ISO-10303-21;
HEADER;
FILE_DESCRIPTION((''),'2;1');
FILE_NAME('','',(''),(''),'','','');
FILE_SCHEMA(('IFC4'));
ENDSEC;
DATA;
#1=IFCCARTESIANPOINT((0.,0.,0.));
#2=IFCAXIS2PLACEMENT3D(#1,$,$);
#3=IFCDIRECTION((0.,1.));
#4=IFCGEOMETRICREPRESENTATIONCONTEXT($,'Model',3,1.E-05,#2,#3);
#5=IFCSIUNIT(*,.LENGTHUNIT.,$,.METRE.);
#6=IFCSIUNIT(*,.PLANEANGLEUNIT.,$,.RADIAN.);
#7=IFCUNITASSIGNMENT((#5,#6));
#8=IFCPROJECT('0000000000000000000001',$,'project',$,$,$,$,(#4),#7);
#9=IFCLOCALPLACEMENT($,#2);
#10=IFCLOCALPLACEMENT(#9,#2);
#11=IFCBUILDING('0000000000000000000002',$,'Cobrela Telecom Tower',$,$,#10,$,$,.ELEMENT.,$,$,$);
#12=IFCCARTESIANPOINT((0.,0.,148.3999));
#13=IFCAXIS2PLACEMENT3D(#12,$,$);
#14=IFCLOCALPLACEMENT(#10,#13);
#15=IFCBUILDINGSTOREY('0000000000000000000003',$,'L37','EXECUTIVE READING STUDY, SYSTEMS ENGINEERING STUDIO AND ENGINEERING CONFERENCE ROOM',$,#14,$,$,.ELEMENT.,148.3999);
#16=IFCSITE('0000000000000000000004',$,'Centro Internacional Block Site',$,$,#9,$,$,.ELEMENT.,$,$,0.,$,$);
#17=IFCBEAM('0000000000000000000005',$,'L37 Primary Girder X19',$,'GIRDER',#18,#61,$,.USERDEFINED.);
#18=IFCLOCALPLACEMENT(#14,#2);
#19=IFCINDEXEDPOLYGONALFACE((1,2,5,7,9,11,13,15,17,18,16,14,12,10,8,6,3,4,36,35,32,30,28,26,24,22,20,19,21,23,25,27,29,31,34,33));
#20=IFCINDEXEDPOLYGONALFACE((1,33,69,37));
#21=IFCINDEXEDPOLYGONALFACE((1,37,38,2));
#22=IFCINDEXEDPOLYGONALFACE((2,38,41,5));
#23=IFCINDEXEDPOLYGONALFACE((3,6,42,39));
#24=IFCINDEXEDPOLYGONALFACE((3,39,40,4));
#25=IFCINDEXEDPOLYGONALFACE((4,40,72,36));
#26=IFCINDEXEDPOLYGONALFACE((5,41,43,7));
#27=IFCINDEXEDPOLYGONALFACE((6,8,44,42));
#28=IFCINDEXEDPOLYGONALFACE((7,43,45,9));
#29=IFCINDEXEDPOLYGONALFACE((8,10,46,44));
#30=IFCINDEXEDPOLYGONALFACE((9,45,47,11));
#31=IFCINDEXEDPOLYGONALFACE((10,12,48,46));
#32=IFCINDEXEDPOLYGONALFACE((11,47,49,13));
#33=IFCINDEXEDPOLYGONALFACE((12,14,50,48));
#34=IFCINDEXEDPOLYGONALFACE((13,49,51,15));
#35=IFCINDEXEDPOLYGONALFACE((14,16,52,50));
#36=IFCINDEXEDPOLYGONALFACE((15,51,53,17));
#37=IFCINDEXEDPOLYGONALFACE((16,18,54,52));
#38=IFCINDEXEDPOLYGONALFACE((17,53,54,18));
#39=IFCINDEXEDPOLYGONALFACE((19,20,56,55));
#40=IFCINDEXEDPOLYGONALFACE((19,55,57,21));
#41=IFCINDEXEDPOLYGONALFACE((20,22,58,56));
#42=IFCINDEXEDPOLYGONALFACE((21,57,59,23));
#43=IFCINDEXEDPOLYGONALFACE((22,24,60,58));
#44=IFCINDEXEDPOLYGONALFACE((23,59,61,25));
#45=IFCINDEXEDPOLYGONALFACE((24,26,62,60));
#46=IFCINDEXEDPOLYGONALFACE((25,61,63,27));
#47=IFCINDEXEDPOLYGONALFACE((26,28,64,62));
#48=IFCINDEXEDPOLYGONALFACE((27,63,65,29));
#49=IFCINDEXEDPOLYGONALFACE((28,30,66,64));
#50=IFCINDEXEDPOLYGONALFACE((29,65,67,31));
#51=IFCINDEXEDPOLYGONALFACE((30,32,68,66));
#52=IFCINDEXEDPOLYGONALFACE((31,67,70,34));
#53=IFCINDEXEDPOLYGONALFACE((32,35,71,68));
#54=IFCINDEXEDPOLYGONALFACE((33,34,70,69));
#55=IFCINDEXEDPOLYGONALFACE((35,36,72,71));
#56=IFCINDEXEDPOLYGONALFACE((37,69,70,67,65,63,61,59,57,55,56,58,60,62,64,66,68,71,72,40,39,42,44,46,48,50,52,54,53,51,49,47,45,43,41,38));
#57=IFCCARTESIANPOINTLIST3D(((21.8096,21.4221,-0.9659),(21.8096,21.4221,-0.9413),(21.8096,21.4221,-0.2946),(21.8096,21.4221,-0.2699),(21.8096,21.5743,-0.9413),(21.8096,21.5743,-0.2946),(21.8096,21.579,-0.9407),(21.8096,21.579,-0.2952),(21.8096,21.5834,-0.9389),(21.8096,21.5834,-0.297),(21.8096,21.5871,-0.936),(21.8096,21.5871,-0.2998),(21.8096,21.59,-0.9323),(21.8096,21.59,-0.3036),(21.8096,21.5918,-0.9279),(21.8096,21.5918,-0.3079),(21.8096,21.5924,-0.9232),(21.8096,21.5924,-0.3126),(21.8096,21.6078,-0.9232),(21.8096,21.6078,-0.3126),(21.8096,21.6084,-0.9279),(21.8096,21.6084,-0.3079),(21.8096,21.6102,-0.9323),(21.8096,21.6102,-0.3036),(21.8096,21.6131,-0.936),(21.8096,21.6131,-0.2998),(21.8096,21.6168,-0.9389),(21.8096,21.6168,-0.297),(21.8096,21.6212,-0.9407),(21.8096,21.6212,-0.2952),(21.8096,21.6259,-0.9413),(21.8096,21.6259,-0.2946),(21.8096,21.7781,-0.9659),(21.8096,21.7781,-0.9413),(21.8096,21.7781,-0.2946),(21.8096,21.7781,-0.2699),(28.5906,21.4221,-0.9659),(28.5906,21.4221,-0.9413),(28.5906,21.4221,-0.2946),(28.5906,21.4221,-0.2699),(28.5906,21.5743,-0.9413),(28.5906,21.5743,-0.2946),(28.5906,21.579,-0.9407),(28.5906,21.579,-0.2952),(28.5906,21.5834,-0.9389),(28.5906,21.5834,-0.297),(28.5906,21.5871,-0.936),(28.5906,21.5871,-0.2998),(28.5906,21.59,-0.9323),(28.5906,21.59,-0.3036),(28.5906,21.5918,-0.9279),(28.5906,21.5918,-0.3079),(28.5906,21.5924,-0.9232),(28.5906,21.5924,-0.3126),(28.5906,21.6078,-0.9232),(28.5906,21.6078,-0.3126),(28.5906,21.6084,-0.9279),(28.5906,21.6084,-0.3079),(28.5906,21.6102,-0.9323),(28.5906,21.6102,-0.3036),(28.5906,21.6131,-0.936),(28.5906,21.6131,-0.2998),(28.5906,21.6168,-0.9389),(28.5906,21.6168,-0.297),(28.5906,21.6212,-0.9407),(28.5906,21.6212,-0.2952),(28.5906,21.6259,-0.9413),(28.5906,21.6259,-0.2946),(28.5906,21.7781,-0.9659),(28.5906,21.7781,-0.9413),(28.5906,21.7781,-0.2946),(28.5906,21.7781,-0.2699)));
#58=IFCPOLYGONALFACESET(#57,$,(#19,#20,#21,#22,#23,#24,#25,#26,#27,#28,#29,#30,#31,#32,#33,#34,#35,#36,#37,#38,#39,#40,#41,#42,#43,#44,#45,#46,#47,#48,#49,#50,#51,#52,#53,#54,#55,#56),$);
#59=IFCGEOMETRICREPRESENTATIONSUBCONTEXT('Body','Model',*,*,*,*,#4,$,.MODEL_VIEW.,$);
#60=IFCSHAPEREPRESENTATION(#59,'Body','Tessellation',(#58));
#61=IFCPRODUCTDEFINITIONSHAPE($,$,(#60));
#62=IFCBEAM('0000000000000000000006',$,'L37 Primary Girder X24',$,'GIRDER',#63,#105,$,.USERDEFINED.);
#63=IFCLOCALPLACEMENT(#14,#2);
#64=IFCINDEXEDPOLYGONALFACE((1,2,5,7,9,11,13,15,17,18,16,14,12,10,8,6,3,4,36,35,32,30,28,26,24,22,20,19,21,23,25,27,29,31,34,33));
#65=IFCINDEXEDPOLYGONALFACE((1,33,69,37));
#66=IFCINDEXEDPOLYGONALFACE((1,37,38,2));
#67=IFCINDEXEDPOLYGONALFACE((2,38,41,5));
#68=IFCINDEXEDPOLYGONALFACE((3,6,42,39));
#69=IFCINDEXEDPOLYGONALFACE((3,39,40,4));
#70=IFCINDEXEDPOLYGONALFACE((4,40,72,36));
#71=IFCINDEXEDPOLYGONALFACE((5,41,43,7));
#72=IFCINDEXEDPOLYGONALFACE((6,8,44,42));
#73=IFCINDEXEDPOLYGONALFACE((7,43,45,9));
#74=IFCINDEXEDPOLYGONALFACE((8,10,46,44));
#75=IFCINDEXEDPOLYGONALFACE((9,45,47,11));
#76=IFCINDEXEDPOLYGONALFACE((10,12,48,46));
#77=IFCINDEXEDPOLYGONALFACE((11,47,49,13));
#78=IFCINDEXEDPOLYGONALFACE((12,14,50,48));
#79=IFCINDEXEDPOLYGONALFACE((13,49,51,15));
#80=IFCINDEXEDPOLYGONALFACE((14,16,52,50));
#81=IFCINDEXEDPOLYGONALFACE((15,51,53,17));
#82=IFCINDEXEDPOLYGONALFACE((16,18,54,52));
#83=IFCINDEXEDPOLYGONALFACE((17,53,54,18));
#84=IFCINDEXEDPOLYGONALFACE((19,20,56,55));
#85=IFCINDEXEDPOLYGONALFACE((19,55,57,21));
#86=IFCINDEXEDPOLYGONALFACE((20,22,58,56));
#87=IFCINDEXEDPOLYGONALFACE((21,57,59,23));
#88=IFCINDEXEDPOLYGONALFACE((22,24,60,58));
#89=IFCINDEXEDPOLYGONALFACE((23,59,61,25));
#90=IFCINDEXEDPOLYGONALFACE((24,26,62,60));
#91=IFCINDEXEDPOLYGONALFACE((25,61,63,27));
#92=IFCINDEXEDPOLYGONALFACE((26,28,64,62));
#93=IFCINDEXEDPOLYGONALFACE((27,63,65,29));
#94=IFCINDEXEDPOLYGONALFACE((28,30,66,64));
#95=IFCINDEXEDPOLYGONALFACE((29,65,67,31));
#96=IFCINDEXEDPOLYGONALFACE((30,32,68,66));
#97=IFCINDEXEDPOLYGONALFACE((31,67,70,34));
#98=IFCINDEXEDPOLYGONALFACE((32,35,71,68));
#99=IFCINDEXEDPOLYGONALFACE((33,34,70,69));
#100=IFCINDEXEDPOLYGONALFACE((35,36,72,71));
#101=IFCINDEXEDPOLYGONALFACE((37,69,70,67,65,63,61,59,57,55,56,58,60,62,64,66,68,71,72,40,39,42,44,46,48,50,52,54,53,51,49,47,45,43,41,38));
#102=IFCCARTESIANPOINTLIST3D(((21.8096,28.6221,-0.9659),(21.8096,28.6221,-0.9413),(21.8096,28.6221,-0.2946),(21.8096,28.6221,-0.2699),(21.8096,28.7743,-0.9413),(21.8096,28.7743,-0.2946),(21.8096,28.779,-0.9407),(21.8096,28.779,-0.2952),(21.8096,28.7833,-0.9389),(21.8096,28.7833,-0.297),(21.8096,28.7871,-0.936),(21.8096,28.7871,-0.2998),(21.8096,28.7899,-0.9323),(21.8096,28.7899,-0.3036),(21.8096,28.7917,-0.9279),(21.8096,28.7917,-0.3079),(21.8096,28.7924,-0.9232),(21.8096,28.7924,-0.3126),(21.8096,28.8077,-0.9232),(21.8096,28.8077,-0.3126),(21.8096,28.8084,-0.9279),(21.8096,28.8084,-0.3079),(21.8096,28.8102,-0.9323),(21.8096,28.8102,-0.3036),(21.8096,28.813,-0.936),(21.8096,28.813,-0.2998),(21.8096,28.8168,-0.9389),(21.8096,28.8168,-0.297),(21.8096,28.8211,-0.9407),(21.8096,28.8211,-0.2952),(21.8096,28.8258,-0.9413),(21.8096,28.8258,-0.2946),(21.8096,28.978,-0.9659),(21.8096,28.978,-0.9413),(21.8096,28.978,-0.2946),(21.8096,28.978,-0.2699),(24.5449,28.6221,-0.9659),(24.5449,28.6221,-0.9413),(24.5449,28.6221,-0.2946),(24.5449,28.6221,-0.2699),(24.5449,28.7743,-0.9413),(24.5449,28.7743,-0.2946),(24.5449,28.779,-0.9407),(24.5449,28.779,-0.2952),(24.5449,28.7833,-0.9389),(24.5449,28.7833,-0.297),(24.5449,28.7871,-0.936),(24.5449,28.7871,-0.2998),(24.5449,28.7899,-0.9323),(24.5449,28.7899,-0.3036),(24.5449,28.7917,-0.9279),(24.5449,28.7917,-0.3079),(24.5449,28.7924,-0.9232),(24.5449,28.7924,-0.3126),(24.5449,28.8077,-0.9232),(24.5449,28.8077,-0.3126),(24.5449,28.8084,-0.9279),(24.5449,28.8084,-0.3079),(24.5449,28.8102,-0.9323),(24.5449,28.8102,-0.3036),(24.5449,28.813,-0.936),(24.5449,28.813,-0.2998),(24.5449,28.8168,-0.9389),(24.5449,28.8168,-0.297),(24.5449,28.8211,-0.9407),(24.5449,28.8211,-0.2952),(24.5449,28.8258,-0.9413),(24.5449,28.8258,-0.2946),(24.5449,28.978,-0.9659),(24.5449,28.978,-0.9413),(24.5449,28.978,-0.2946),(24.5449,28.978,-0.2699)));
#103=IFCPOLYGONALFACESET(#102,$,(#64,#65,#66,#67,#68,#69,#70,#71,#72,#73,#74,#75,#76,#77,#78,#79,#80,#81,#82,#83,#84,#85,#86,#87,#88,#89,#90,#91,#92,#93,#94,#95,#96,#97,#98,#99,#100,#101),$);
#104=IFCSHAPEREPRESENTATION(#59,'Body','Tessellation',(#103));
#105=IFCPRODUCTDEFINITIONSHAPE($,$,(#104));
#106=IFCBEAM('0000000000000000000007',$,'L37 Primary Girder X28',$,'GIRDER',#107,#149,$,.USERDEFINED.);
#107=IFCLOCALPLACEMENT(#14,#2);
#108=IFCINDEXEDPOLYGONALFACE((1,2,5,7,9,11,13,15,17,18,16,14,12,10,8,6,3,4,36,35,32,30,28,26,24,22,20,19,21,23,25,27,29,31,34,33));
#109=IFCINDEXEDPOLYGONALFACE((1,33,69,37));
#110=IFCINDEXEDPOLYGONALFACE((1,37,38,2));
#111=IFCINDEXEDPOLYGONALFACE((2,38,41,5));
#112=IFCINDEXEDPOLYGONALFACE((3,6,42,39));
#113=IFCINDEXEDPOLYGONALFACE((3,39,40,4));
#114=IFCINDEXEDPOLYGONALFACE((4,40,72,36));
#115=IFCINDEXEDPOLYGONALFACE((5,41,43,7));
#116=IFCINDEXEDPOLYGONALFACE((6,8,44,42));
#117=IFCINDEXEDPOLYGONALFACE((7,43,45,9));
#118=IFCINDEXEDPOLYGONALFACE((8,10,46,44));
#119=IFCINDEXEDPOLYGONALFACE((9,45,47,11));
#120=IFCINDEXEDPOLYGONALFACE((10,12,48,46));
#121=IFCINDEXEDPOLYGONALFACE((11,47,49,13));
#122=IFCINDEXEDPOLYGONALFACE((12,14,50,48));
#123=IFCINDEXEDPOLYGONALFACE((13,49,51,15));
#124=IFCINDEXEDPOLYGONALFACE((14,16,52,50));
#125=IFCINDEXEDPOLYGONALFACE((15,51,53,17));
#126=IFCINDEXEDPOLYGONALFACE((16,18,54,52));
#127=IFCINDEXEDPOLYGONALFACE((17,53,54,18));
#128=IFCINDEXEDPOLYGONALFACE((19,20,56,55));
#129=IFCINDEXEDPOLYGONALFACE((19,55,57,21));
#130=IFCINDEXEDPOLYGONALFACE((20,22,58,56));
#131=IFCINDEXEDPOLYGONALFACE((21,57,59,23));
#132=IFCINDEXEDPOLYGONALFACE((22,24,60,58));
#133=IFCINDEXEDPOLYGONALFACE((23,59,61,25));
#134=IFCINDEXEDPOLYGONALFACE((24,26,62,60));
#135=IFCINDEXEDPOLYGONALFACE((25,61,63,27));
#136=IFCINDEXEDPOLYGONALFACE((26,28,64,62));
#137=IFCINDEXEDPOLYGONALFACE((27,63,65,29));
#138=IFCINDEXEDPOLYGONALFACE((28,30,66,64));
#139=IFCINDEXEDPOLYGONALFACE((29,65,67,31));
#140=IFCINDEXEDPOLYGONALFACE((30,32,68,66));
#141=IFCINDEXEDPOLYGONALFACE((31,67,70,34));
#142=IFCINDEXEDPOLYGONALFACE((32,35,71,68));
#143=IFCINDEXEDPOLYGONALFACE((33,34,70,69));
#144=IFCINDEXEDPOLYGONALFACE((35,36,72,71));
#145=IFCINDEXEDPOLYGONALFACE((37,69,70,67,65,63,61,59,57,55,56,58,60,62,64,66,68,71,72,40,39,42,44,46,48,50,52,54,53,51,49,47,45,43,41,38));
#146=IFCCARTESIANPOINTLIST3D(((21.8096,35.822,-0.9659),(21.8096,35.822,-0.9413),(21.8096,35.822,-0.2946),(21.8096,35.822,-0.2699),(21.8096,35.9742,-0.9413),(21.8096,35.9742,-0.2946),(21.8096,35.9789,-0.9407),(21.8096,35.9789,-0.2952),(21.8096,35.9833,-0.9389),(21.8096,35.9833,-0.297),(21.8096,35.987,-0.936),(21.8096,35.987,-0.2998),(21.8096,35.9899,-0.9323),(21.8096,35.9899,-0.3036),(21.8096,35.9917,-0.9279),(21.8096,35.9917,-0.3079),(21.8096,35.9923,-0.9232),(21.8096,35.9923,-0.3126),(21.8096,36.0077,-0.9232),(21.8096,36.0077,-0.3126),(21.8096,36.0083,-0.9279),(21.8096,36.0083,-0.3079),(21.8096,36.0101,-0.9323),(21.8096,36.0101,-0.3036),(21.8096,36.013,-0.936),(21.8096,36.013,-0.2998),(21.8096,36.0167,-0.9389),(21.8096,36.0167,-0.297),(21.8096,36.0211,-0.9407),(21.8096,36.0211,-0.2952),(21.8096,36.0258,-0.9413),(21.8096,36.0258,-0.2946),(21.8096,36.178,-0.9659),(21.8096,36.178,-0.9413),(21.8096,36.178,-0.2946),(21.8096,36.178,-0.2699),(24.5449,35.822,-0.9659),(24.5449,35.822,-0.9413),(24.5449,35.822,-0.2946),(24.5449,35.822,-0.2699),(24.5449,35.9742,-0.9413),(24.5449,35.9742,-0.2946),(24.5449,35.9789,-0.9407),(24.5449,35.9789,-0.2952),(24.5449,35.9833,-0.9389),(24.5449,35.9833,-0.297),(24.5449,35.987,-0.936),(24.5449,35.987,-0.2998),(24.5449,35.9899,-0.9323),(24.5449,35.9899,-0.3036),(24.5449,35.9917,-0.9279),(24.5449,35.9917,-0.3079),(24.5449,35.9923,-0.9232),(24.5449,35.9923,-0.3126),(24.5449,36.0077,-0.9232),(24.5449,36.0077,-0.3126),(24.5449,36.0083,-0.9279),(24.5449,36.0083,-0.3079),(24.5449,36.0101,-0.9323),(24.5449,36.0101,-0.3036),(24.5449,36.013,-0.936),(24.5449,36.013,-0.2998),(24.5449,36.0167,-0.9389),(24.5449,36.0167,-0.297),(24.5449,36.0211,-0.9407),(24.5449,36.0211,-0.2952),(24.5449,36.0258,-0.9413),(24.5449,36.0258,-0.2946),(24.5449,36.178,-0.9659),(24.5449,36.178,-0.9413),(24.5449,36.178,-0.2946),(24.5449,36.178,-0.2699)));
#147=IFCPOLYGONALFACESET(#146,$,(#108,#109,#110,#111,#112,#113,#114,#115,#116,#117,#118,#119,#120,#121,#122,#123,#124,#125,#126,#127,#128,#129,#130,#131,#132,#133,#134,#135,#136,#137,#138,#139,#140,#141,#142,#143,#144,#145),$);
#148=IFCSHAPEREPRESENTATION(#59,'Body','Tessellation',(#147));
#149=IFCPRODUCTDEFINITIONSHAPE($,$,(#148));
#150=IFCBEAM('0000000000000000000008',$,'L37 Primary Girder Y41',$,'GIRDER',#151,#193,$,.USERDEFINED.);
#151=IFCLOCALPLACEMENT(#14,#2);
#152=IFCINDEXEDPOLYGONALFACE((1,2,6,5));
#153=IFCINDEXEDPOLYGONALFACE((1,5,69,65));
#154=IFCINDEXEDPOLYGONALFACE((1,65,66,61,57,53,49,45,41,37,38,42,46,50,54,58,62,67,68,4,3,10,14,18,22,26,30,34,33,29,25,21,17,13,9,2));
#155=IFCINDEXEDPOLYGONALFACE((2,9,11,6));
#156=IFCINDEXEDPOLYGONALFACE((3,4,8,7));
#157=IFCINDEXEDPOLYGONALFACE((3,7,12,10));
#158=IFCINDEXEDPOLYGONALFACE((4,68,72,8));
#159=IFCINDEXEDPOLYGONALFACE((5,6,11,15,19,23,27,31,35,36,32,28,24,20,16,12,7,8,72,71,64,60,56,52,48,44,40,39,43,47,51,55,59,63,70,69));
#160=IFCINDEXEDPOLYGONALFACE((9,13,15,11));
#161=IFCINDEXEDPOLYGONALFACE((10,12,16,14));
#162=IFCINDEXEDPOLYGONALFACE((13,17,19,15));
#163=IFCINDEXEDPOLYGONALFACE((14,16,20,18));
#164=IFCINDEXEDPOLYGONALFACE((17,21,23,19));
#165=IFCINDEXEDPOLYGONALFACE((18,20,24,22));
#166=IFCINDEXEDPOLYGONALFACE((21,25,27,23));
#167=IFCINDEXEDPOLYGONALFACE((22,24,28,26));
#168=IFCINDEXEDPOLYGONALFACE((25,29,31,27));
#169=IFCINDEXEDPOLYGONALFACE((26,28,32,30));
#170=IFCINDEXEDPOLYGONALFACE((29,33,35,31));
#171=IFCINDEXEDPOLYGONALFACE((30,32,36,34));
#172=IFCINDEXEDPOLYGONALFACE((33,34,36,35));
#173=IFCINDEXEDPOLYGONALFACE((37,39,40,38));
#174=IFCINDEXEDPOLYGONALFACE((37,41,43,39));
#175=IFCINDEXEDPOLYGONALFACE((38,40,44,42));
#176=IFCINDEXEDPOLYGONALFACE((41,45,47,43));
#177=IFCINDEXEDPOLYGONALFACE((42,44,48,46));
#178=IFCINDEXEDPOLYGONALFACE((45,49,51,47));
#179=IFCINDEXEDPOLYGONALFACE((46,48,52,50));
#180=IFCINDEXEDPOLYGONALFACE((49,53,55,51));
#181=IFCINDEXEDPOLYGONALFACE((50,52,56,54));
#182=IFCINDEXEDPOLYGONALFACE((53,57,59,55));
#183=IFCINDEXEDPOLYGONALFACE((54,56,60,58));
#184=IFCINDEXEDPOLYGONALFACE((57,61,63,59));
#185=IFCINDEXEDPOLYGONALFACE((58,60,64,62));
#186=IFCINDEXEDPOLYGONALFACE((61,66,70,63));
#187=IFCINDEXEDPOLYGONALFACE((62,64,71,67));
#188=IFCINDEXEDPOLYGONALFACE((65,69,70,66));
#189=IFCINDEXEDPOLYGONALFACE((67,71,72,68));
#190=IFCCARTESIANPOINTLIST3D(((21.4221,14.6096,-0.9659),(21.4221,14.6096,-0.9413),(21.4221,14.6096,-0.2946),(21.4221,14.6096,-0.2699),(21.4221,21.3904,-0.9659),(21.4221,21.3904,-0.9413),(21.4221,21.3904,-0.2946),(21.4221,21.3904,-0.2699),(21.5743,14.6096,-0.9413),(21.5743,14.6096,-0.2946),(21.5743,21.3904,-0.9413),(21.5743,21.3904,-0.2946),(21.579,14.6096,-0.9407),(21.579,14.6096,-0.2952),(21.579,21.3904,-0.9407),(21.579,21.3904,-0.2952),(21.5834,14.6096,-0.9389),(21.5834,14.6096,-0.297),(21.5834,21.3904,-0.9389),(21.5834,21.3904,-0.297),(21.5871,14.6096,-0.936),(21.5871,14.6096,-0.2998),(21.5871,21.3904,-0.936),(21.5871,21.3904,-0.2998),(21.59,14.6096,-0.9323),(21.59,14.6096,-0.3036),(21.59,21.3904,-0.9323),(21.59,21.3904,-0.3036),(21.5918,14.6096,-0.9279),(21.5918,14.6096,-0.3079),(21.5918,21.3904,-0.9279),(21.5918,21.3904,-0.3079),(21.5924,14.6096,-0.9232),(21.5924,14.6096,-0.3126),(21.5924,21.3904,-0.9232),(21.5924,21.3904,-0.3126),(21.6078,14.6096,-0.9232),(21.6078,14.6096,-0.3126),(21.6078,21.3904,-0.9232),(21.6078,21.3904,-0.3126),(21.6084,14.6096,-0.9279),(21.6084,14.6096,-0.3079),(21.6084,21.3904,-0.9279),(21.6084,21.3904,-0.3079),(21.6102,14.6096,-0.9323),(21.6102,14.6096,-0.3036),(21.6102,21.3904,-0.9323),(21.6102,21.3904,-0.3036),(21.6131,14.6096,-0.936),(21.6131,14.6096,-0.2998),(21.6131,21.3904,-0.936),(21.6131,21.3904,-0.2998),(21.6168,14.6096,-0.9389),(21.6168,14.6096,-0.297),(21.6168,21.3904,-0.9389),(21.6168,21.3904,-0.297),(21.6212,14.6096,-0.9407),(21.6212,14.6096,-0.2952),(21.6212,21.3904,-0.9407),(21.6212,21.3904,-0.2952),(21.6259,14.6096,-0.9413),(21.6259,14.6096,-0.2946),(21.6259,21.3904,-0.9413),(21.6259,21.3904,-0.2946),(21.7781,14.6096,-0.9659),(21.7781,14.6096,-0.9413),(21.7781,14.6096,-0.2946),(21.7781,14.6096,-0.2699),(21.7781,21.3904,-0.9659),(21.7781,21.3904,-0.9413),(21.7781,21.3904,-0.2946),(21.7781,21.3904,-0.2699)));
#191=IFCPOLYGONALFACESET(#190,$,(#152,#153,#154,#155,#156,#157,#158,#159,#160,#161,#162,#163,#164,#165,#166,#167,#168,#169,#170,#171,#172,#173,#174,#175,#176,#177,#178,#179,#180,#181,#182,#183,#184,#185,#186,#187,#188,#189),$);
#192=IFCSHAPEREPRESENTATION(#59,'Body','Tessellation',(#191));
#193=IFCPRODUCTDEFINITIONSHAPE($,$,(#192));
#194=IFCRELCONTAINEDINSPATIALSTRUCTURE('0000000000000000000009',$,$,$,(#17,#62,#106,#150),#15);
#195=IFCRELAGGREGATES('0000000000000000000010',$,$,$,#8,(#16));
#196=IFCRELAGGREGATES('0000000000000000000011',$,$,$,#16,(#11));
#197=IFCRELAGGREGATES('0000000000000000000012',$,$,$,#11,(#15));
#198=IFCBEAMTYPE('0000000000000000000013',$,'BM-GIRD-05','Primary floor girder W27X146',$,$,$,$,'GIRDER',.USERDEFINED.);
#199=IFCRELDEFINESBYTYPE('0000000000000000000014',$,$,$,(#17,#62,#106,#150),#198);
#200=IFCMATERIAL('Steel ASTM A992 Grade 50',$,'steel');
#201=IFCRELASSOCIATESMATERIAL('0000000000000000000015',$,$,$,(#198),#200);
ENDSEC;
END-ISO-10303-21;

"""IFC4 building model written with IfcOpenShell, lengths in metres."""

from ifc_helpers import new_model, si_unit, direction, frame, origin, origin_2d, place, context, subcontext, project, spatial, i_section, extrude, material, material_profile, profile_set, type_object, element, save


model = new_model("IFC4")

# Units and contexts
model_context = context("Model", 3, precision=1e-05, world=origin(), true_north=direction((0.0, 1.0)))
body_context = subcontext(model_context, "Body", "Model", "MODEL_VIEW")
ifc_project = project(units=[si_unit("LENGTHUNIT", "METRE"), si_unit("PLANEANGLEUNIT", "RADIAN")], contexts=[model_context])

# Site, building, storey
site_placement = place(None, origin())
site = spatial("IfcSite", under=ifc_project, at=site_placement, Name="Centro Internacional Block Site", CompositionType="ELEMENT", RefElevation=0.0)
building_placement = place(site_placement, origin())
building = spatial("IfcBuilding", under=site, at=building_placement, Name="Cobrela Telecom Tower", CompositionType="ELEMENT")
storey_placement = place(building_placement, frame((0.0, 0.0, 148.3999)))
storey = spatial("IfcBuildingStorey", under=building, at=storey_placement, Name="L37", Description="EXECUTIVE READING STUDY, SYSTEMS ENGINEERING STUDIO AND ENGINEERING CONFERENCE ROOM", CompositionType="ELEMENT", Elevation=148.3999)

# Shared definitions
ifc_material_1 = material(Name="Steel ASTM A992 Grade 50", Category="steel")

# Beams
ifc_material_profile_1 = material_profile(ifc_material_1, i_section(OverallWidth=0.356, OverallDepth=0.696, WebThickness=0.0154, FlangeThickness=0.0247, FilletRadius=0.0181, at=origin_2d()), Name="W27X146")
ifc_profile_set_1 = profile_set([ifc_material_profile_1], Name="Steel ASTM A992 Grade 50")
beam_type_1 = type_object("IfcBeamType", Name="BM-GIRD-05", Description="Primary floor girder W27X146", ElementType="GIRDER", PredefinedType="USERDEFINED", material=ifc_profile_set_1)
beam_1_placement = place(storey_placement, frame((21.8096, 21.6001, -0.6179), z_axis=(1.0, 0.0, 0.0), x_axis=(0.0, 1.0, 0.0)))
element("IfcBeam", 1, at=beam_1_placement, inside=storey, type_object=beam_type_1, Name="L37 Primary Girder X19", ObjectType="GIRDER", PredefinedType="USERDEFINED", context=body_context, shape_type="SweptSolid", body=[
    extrude(i_section(OverallWidth=0.356, OverallDepth=0.696, WebThickness=0.0154, FlangeThickness=0.0247, FilletRadius=0.0181, at=origin_2d()), origin(), (0.0, 0.0, 1.0), 6.781),
])
for number, where, z_axis, x_axis, name in (
    (2, (21.8096, 28.8, -0.6179), (1.0, 0.0, 0.0), (0.0, 1.0, 0.0), "L37 Primary Girder X24"),
    (3, (21.8096, 36.0, -0.6179), (1.0, 0.0, 0.0), (0.0, 1.0, 0.0), "L37 Primary Girder X28"),
):
    element("IfcBeam", number, at=place(storey_placement, frame(where, z_axis=z_axis, x_axis=x_axis)), inside=storey, type_object=beam_type_1, Name=name, ObjectType="GIRDER", PredefinedType="USERDEFINED", context=body_context, shape_type="SweptSolid", body=[
        extrude(i_section(OverallWidth=0.356, OverallDepth=0.696, WebThickness=0.0154, FlangeThickness=0.0247, FilletRadius=0.0181, at=origin_2d()), origin(), (0.0, 0.0, 1.0), 2.7354),
    ])
beam_2_placement = place(storey_placement, frame((21.6001, 14.6096, -0.6179), z_axis=(0.0, 1.0, 0.0), x_axis=(-1.0, 0.0, 0.0)))
element("IfcBeam", 4, at=beam_2_placement, inside=storey, type_object=beam_type_1, Name="L37 Primary Girder Y41", ObjectType="GIRDER", PredefinedType="USERDEFINED", context=body_context, shape_type="SweptSolid", body=[
    extrude(i_section(OverallWidth=0.356, OverallDepth=0.696, WebThickness=0.0154, FlangeThickness=0.0247, FilletRadius=0.0181, at=origin_2d()), origin(), (0.0, 0.0, 1.0), 6.7808),
])

save(model, "model.ifc")
